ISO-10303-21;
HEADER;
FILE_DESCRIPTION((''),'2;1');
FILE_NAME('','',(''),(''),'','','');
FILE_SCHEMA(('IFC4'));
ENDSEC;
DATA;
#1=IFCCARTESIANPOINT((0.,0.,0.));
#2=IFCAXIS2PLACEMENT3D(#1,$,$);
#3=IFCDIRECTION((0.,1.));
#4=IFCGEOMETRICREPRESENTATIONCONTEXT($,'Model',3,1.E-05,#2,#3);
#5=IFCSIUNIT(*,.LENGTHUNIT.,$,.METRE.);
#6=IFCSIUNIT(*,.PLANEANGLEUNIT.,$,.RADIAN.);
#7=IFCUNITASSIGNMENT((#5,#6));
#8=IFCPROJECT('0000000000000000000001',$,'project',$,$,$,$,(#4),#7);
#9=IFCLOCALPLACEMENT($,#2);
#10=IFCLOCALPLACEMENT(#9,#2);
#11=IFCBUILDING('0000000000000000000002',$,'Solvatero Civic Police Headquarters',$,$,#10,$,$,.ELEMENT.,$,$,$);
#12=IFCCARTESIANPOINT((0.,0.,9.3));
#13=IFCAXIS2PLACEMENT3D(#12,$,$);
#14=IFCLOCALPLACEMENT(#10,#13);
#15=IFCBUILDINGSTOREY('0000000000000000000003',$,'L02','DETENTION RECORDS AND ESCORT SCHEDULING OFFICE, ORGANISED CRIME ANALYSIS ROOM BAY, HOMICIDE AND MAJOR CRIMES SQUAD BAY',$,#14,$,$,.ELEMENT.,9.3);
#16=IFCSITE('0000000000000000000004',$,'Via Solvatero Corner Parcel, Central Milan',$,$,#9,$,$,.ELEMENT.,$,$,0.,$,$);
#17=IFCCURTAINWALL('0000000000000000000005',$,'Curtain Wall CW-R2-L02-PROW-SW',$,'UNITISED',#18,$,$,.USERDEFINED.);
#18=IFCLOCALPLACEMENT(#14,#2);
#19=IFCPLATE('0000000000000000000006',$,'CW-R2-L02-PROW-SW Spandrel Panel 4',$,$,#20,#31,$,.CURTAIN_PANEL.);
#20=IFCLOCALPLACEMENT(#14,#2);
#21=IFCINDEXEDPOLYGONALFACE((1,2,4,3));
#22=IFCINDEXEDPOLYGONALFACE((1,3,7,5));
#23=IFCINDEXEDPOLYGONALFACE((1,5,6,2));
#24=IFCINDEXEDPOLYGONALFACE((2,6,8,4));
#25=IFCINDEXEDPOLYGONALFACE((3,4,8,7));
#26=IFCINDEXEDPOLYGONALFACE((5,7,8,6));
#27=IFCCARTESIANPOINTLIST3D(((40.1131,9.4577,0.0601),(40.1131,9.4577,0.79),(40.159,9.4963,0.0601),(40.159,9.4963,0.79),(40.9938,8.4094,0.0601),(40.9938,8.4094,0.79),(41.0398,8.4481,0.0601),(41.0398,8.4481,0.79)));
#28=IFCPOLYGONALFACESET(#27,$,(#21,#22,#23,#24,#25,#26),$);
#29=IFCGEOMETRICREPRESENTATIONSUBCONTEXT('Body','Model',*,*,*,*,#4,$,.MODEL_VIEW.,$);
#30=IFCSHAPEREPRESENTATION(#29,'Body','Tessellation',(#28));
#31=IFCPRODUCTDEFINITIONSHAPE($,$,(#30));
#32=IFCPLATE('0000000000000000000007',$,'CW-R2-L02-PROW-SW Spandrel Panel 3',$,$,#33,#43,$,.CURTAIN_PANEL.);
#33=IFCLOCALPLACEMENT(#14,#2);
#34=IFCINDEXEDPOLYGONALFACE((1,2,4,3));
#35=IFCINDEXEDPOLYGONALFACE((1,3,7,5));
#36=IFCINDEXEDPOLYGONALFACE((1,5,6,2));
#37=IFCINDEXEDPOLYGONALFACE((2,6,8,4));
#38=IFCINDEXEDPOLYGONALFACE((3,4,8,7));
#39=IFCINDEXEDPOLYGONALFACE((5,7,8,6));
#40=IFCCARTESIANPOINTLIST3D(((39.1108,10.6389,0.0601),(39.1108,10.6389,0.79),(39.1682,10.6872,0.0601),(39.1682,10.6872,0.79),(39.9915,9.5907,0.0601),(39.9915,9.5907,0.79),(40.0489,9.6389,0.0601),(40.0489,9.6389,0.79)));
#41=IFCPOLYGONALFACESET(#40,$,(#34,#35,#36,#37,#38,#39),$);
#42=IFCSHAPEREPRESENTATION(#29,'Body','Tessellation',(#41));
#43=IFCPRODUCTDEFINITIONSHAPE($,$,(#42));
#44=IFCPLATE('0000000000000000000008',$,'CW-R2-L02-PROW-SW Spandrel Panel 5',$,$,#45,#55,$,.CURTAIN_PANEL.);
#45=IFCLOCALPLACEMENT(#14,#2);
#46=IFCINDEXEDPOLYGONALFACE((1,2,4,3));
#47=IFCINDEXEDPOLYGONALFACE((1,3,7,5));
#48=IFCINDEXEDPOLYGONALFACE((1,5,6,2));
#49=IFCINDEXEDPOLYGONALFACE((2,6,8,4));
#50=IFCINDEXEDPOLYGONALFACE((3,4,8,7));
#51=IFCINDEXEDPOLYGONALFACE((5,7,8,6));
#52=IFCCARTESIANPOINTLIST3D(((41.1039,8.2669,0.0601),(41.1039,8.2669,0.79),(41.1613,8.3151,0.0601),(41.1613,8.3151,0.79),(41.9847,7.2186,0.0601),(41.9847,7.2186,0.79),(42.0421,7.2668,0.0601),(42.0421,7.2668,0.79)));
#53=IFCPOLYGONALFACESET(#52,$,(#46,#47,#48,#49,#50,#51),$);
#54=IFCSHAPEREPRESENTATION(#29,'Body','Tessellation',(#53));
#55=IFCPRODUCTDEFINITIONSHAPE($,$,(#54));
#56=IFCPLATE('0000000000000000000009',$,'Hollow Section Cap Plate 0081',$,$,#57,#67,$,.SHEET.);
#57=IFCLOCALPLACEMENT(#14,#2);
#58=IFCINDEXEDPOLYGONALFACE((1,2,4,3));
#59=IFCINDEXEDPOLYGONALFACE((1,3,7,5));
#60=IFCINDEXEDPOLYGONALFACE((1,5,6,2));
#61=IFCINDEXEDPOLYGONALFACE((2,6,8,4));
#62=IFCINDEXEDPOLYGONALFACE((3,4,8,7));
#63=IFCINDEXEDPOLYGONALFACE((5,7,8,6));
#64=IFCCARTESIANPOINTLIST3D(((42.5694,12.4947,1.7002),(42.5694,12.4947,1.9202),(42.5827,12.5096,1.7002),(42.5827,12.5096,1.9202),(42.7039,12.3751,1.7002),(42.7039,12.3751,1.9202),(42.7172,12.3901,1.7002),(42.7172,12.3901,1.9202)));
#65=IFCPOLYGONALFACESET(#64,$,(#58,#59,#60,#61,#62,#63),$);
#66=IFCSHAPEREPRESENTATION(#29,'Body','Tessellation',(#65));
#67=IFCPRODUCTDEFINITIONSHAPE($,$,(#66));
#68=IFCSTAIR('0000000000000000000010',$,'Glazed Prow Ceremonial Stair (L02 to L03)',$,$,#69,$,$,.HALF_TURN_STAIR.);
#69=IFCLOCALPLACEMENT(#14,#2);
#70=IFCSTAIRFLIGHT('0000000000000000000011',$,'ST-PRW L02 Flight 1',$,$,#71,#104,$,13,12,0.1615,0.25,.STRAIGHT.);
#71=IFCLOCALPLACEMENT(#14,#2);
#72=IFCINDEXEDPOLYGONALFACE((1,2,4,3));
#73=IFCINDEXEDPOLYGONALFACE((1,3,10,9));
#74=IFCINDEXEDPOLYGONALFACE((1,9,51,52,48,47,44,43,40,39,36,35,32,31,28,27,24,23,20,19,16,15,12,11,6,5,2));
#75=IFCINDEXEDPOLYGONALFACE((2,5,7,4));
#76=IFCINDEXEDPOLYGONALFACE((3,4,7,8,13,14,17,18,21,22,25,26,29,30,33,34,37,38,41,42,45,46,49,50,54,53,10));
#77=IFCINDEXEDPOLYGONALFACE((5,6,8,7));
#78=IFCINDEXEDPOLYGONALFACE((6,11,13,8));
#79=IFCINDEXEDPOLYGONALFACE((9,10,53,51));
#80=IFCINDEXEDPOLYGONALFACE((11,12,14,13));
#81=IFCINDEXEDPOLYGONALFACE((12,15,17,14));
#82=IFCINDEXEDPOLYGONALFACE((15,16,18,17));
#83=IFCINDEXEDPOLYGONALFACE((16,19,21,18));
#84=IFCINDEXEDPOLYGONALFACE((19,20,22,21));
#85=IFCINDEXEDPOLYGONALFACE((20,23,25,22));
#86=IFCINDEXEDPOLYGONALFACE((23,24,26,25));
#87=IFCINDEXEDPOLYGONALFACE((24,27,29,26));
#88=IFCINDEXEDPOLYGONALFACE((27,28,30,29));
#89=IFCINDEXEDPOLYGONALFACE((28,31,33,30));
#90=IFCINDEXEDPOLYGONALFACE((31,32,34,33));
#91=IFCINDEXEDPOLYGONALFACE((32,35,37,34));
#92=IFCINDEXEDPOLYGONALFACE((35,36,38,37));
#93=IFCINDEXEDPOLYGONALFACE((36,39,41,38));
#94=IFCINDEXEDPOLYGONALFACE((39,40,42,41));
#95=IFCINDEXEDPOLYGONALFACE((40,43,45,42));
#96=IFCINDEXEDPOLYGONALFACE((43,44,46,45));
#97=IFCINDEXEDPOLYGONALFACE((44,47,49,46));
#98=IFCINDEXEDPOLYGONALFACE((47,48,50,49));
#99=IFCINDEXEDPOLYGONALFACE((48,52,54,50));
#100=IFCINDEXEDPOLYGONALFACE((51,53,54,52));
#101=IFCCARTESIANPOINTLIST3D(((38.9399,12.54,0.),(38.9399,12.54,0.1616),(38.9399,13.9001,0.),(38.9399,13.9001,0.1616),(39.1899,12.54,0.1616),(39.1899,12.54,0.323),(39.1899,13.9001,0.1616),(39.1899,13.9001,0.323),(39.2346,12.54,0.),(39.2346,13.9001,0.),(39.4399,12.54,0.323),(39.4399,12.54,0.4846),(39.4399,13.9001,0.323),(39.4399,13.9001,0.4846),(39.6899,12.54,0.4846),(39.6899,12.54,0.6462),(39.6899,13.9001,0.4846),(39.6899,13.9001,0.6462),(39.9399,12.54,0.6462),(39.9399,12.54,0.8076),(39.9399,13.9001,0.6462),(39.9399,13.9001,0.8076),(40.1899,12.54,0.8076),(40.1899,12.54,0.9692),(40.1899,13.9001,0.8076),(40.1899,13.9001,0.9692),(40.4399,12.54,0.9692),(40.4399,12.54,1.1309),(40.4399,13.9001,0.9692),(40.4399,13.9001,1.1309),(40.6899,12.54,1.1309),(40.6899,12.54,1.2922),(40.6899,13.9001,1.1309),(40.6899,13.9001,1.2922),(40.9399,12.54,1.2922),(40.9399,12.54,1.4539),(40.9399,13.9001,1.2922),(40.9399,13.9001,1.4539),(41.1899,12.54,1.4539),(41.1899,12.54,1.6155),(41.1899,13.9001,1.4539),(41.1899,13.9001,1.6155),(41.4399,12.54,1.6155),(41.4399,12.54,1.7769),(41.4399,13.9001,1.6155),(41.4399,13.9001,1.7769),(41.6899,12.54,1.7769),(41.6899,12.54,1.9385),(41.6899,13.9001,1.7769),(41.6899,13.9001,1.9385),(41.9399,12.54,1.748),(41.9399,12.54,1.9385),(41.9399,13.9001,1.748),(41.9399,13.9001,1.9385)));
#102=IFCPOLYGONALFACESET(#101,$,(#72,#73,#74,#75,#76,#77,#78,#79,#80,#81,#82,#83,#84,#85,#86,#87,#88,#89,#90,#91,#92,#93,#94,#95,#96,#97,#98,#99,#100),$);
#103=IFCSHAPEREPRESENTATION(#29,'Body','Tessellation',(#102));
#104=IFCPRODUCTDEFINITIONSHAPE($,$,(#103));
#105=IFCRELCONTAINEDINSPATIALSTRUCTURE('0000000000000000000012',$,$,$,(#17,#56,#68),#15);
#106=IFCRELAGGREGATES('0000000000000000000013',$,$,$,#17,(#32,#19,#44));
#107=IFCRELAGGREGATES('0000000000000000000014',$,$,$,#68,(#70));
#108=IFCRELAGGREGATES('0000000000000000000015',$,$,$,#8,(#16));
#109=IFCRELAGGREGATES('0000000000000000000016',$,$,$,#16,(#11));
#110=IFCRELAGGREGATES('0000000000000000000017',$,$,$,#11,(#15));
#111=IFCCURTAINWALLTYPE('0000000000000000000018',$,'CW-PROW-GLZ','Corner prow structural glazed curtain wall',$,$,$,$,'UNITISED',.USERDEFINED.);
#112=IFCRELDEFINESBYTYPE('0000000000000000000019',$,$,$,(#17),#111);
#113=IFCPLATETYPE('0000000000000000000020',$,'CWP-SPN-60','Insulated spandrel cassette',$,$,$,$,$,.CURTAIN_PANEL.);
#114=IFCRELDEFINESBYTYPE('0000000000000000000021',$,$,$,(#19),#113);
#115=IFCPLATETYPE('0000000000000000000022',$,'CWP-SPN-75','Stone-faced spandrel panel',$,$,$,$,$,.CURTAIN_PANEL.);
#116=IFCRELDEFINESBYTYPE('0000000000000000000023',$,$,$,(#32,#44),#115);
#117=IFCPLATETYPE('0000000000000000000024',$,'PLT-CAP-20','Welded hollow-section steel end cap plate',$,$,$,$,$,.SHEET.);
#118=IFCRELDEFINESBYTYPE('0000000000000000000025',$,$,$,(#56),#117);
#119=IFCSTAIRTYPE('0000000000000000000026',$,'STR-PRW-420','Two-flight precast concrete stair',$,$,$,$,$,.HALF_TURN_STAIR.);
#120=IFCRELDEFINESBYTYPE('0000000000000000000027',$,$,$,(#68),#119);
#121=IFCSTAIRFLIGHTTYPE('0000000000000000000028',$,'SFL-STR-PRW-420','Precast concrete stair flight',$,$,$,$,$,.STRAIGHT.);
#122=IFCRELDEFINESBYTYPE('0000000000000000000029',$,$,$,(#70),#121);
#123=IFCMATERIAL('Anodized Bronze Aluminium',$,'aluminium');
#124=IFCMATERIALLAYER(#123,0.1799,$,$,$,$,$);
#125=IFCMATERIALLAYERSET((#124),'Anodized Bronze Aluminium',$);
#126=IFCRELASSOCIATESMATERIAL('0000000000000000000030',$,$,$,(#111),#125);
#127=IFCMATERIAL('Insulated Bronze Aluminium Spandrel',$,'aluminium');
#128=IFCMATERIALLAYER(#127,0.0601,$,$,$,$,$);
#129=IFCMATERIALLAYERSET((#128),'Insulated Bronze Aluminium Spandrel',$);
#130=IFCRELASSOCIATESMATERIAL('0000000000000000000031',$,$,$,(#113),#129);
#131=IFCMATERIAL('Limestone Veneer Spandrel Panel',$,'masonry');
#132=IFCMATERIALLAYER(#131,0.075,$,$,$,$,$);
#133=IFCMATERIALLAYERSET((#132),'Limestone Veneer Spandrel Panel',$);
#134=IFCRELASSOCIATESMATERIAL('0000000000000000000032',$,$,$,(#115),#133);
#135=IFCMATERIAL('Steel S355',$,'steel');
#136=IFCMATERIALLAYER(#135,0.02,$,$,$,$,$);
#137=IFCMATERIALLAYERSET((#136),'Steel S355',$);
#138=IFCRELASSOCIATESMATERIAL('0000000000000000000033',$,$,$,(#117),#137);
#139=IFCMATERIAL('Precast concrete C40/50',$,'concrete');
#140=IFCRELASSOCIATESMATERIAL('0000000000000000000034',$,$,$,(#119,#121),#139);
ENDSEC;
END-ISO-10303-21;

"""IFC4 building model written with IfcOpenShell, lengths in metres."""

from ifc_helpers import new_model, si_unit, direction, frame, origin, origin_2d, place, context, subcontext, project, spatial, polyline, rectangle, outline, extrude, material, layer, layer_set, type_object, element, aggregate, save


model = new_model("IFC4")

# Units and contexts
model_context = context("Model", 3, precision=1e-05, world=origin(), true_north=direction((0.0, 1.0)))
body_context = subcontext(model_context, "Body", "Model", "MODEL_VIEW")
ifc_project = project(units=[si_unit("LENGTHUNIT", "METRE"), si_unit("PLANEANGLEUNIT", "RADIAN")], contexts=[model_context])

# Site, building, storey
site_placement = place(None, origin())
site = spatial("IfcSite", under=ifc_project, at=site_placement, Name="Via Solvatero Corner Parcel, Central Milan", CompositionType="ELEMENT", RefElevation=0.0)
building_placement = place(site_placement, origin())
building = spatial("IfcBuilding", under=site, at=building_placement, Name="Solvatero Civic Police Headquarters", CompositionType="ELEMENT")
storey_placement = place(building_placement, frame((0.0, 0.0, 9.3)))
storey = spatial("IfcBuildingStorey", under=building, at=storey_placement, Name="L02", Description="DETENTION RECORDS AND ESCORT SCHEDULING OFFICE, ORGANISED CRIME ANALYSIS ROOM BAY, HOMICIDE AND MAJOR CRIMES SQUAD BAY", CompositionType="ELEMENT", Elevation=9.3)

# Shared definitions
ifc_material_1 = material(Name="Steel S355", Category="steel")

# Shared definitions
ifc_material_2 = material(Name="Anodized Bronze Aluminium", Category="aluminium")
ifc_layer_1 = layer(ifc_material_2, 0.1799)
ifc_layer_set_1 = layer_set([ifc_layer_1], Name="Anodized Bronze Aluminium")
curtain_wall_type = type_object("IfcCurtainWallType", Name="CW-PROW-GLZ", Description="Corner prow structural glazed curtain wall", ElementType="UNITISED", PredefinedType="USERDEFINED", material=ifc_layer_set_1)

# Curtain wall
curtain_wall_1_placement = place(storey_placement, origin())
curtain_wall_1 = element("IfcCurtainWall", 1, at=curtain_wall_1_placement, inside=storey, type_object=curtain_wall_type, Name="Curtain Wall CW-R2-L02-PROW-SW", ObjectType="UNITISED", PredefinedType="USERDEFINED")

# Plates
ifc_material_3 = material(Name="Insulated Bronze Aluminium Spandrel", Category="aluminium")
ifc_layer_2 = layer(ifc_material_3, 0.0601)
ifc_layer_set_2 = layer_set([ifc_layer_2], Name="Insulated Bronze Aluminium Spandrel")
plate_type_1 = type_object("IfcPlateType", Name="CWP-SPN-60", Description="Insulated spandrel cassette", PredefinedType="CURTAIN_PANEL", material=ifc_layer_set_2)
plate_1_placement = place(storey_placement, frame((40.5764, 8.9529, 0.0601), z_axis=(0.0, 0.0, 1.0), x_axis=(0.643282, -0.765629, 0.0)))
plate_1 = element("IfcPlate", 2, at=plate_1_placement, type_object=plate_type_1, Name="CW-R2-L02-PROW-SW Spandrel Panel 4", PredefinedType="CURTAIN_PANEL", context=body_context, shape_type="SweptSolid", body=[
    extrude(rectangle(XDim=1.3691, YDim=0.0601, at=origin_2d()), origin(), (0.0, 0.0, 1.0), 0.73),
])
ifc_material_4 = material(Name="Limestone Veneer Spandrel Panel", Category="masonry")
ifc_layer_3 = layer(ifc_material_4, 0.075)
ifc_layer_set_3 = layer_set([ifc_layer_3], Name="Limestone Veneer Spandrel Panel")
plate_type_2 = type_object("IfcPlateType", Name="CWP-SPN-75", Description="Stone-faced spandrel panel", PredefinedType="CURTAIN_PANEL", material=ifc_layer_set_3)
plate_2_placement = place(storey_placement, frame((39.5798, 10.1389, 0.0601), z_axis=(0.0, 0.0, 1.0), x_axis=(0.643282, -0.765629, 0.0)))
plate_2 = element("IfcPlate", 3, at=plate_2_placement, type_object=plate_type_2, Name="CW-R2-L02-PROW-SW Spandrel Panel 3", PredefinedType="CURTAIN_PANEL", context=body_context, shape_type="SweptSolid", body=[
    extrude(rectangle(XDim=1.3691, YDim=0.075, at=origin_2d()), origin(), (0.0, 0.0, 1.0), 0.73),
])
plate_3_placement = place(storey_placement, frame((41.573, 7.7668, 0.0601), z_axis=(0.0, 0.0, 1.0), x_axis=(0.643282, -0.765629, 0.0)))
plate_3 = element("IfcPlate", 4, at=plate_3_placement, type_object=plate_type_2, Name="CW-R2-L02-PROW-SW Spandrel Panel 5", PredefinedType="CURTAIN_PANEL", context=body_context, shape_type="SweptSolid", body=[
    extrude(rectangle(XDim=1.3691, YDim=0.075, at=origin_2d()), origin(), (0.0, 0.0, 1.0), 0.73),
])
aggregate(curtain_wall_1, [plate_2, plate_1, plate_3])
ifc_layer_4 = layer(ifc_material_1, 0.02)
ifc_layer_set_4 = layer_set([ifc_layer_4], Name="Steel S355")
plate_type_3 = type_object("IfcPlateType", Name="PLT-CAP-20", Description="Welded hollow-section steel end cap plate", PredefinedType="SHEET", material=ifc_layer_set_4)
plate_4_placement = place(storey_placement, frame((42.6433, 12.4424, 1.7002), z_axis=(0.0, 0.0, 1.0), x_axis=(0.66437, 0.747404, 0.0)))
element("IfcPlate", 5, at=plate_4_placement, inside=storey, type_object=plate_type_3, Name="Hollow Section Cap Plate 0081", PredefinedType="SHEET", context=body_context, shape_type="SweptSolid", body=[
    extrude(rectangle(XDim=0.02, YDim=0.1799, at=origin_2d()), origin(), (0.0, 0.0, 1.0), 0.22),
])

# Stair, stair flight
ifc_material_5 = material(Name="Precast concrete C40/50", Category="concrete")
stair_type = type_object("IfcStairType", Name="STR-PRW-420", Description="Two-flight precast concrete stair", PredefinedType="HALF_TURN_STAIR", material=ifc_material_5)
stair_placement = place(storey_placement, origin())
stair = element("IfcStair", 6, at=stair_placement, inside=storey, type_object=stair_type, Name="Glazed Prow Ceremonial Stair (L02 to L03)", PredefinedType="HALF_TURN_STAIR")
stair_flight_type = type_object("IfcStairFlightType", Name="SFL-STR-PRW-420", Description="Precast concrete stair flight", PredefinedType="STRAIGHT", material=ifc_material_5)
stair_flight_placement = place(storey_placement, frame((38.9399, 13.22, 0.0), z_axis=(0.0, 0.0, 1.0), x_axis=(1.0, 0.0, 0.0)))
stair_flight = element("IfcStairFlight", 7, at=stair_flight_placement, type_object=stair_flight_type, Name="ST-PRW L02 Flight 1", NumberOfRisers=13, NumberOfTreads=12, PredefinedType="STRAIGHT", RiserHeight=0.1615, TreadLength=0.25, context=body_context, shape_type="SweptSolid", body=[
    extrude(outline(polyline([(0.0, 0.0), (0.0, 0.1616), (0.25, 0.1616), (0.25, 0.323), (0.5, 0.323), (0.5, 0.4846), (0.75, 0.4846), (0.75, 0.6462), (1.0, 0.6462), (1.0, 0.8076), (1.25, 0.8076), (1.25, 0.9692), (1.5, 0.9692), (1.5, 1.1309), (1.75, 1.1309), (1.75, 1.2922), (2.0, 1.2922), (2.0, 1.4539), (2.25, 1.4539), (2.25, 1.6155), (2.5, 1.6155), (2.5, 1.7769), (2.75, 1.7769), (2.75, 1.9385), (3.0, 1.9385), (3.0, 2.1001), (3.0, 1.748), (0.2947, 0.0), (0.0, 0.0)])), frame((0.0, 0.6802, 0.0), z_axis=(0.0, -1.0, 0.0), x_axis=(1.0, 0.0, 0.0)), (0.0, 0.0, 1.0), 1.3601),
])
aggregate(stair, [stair_flight])

save(model, "model.ifc")
